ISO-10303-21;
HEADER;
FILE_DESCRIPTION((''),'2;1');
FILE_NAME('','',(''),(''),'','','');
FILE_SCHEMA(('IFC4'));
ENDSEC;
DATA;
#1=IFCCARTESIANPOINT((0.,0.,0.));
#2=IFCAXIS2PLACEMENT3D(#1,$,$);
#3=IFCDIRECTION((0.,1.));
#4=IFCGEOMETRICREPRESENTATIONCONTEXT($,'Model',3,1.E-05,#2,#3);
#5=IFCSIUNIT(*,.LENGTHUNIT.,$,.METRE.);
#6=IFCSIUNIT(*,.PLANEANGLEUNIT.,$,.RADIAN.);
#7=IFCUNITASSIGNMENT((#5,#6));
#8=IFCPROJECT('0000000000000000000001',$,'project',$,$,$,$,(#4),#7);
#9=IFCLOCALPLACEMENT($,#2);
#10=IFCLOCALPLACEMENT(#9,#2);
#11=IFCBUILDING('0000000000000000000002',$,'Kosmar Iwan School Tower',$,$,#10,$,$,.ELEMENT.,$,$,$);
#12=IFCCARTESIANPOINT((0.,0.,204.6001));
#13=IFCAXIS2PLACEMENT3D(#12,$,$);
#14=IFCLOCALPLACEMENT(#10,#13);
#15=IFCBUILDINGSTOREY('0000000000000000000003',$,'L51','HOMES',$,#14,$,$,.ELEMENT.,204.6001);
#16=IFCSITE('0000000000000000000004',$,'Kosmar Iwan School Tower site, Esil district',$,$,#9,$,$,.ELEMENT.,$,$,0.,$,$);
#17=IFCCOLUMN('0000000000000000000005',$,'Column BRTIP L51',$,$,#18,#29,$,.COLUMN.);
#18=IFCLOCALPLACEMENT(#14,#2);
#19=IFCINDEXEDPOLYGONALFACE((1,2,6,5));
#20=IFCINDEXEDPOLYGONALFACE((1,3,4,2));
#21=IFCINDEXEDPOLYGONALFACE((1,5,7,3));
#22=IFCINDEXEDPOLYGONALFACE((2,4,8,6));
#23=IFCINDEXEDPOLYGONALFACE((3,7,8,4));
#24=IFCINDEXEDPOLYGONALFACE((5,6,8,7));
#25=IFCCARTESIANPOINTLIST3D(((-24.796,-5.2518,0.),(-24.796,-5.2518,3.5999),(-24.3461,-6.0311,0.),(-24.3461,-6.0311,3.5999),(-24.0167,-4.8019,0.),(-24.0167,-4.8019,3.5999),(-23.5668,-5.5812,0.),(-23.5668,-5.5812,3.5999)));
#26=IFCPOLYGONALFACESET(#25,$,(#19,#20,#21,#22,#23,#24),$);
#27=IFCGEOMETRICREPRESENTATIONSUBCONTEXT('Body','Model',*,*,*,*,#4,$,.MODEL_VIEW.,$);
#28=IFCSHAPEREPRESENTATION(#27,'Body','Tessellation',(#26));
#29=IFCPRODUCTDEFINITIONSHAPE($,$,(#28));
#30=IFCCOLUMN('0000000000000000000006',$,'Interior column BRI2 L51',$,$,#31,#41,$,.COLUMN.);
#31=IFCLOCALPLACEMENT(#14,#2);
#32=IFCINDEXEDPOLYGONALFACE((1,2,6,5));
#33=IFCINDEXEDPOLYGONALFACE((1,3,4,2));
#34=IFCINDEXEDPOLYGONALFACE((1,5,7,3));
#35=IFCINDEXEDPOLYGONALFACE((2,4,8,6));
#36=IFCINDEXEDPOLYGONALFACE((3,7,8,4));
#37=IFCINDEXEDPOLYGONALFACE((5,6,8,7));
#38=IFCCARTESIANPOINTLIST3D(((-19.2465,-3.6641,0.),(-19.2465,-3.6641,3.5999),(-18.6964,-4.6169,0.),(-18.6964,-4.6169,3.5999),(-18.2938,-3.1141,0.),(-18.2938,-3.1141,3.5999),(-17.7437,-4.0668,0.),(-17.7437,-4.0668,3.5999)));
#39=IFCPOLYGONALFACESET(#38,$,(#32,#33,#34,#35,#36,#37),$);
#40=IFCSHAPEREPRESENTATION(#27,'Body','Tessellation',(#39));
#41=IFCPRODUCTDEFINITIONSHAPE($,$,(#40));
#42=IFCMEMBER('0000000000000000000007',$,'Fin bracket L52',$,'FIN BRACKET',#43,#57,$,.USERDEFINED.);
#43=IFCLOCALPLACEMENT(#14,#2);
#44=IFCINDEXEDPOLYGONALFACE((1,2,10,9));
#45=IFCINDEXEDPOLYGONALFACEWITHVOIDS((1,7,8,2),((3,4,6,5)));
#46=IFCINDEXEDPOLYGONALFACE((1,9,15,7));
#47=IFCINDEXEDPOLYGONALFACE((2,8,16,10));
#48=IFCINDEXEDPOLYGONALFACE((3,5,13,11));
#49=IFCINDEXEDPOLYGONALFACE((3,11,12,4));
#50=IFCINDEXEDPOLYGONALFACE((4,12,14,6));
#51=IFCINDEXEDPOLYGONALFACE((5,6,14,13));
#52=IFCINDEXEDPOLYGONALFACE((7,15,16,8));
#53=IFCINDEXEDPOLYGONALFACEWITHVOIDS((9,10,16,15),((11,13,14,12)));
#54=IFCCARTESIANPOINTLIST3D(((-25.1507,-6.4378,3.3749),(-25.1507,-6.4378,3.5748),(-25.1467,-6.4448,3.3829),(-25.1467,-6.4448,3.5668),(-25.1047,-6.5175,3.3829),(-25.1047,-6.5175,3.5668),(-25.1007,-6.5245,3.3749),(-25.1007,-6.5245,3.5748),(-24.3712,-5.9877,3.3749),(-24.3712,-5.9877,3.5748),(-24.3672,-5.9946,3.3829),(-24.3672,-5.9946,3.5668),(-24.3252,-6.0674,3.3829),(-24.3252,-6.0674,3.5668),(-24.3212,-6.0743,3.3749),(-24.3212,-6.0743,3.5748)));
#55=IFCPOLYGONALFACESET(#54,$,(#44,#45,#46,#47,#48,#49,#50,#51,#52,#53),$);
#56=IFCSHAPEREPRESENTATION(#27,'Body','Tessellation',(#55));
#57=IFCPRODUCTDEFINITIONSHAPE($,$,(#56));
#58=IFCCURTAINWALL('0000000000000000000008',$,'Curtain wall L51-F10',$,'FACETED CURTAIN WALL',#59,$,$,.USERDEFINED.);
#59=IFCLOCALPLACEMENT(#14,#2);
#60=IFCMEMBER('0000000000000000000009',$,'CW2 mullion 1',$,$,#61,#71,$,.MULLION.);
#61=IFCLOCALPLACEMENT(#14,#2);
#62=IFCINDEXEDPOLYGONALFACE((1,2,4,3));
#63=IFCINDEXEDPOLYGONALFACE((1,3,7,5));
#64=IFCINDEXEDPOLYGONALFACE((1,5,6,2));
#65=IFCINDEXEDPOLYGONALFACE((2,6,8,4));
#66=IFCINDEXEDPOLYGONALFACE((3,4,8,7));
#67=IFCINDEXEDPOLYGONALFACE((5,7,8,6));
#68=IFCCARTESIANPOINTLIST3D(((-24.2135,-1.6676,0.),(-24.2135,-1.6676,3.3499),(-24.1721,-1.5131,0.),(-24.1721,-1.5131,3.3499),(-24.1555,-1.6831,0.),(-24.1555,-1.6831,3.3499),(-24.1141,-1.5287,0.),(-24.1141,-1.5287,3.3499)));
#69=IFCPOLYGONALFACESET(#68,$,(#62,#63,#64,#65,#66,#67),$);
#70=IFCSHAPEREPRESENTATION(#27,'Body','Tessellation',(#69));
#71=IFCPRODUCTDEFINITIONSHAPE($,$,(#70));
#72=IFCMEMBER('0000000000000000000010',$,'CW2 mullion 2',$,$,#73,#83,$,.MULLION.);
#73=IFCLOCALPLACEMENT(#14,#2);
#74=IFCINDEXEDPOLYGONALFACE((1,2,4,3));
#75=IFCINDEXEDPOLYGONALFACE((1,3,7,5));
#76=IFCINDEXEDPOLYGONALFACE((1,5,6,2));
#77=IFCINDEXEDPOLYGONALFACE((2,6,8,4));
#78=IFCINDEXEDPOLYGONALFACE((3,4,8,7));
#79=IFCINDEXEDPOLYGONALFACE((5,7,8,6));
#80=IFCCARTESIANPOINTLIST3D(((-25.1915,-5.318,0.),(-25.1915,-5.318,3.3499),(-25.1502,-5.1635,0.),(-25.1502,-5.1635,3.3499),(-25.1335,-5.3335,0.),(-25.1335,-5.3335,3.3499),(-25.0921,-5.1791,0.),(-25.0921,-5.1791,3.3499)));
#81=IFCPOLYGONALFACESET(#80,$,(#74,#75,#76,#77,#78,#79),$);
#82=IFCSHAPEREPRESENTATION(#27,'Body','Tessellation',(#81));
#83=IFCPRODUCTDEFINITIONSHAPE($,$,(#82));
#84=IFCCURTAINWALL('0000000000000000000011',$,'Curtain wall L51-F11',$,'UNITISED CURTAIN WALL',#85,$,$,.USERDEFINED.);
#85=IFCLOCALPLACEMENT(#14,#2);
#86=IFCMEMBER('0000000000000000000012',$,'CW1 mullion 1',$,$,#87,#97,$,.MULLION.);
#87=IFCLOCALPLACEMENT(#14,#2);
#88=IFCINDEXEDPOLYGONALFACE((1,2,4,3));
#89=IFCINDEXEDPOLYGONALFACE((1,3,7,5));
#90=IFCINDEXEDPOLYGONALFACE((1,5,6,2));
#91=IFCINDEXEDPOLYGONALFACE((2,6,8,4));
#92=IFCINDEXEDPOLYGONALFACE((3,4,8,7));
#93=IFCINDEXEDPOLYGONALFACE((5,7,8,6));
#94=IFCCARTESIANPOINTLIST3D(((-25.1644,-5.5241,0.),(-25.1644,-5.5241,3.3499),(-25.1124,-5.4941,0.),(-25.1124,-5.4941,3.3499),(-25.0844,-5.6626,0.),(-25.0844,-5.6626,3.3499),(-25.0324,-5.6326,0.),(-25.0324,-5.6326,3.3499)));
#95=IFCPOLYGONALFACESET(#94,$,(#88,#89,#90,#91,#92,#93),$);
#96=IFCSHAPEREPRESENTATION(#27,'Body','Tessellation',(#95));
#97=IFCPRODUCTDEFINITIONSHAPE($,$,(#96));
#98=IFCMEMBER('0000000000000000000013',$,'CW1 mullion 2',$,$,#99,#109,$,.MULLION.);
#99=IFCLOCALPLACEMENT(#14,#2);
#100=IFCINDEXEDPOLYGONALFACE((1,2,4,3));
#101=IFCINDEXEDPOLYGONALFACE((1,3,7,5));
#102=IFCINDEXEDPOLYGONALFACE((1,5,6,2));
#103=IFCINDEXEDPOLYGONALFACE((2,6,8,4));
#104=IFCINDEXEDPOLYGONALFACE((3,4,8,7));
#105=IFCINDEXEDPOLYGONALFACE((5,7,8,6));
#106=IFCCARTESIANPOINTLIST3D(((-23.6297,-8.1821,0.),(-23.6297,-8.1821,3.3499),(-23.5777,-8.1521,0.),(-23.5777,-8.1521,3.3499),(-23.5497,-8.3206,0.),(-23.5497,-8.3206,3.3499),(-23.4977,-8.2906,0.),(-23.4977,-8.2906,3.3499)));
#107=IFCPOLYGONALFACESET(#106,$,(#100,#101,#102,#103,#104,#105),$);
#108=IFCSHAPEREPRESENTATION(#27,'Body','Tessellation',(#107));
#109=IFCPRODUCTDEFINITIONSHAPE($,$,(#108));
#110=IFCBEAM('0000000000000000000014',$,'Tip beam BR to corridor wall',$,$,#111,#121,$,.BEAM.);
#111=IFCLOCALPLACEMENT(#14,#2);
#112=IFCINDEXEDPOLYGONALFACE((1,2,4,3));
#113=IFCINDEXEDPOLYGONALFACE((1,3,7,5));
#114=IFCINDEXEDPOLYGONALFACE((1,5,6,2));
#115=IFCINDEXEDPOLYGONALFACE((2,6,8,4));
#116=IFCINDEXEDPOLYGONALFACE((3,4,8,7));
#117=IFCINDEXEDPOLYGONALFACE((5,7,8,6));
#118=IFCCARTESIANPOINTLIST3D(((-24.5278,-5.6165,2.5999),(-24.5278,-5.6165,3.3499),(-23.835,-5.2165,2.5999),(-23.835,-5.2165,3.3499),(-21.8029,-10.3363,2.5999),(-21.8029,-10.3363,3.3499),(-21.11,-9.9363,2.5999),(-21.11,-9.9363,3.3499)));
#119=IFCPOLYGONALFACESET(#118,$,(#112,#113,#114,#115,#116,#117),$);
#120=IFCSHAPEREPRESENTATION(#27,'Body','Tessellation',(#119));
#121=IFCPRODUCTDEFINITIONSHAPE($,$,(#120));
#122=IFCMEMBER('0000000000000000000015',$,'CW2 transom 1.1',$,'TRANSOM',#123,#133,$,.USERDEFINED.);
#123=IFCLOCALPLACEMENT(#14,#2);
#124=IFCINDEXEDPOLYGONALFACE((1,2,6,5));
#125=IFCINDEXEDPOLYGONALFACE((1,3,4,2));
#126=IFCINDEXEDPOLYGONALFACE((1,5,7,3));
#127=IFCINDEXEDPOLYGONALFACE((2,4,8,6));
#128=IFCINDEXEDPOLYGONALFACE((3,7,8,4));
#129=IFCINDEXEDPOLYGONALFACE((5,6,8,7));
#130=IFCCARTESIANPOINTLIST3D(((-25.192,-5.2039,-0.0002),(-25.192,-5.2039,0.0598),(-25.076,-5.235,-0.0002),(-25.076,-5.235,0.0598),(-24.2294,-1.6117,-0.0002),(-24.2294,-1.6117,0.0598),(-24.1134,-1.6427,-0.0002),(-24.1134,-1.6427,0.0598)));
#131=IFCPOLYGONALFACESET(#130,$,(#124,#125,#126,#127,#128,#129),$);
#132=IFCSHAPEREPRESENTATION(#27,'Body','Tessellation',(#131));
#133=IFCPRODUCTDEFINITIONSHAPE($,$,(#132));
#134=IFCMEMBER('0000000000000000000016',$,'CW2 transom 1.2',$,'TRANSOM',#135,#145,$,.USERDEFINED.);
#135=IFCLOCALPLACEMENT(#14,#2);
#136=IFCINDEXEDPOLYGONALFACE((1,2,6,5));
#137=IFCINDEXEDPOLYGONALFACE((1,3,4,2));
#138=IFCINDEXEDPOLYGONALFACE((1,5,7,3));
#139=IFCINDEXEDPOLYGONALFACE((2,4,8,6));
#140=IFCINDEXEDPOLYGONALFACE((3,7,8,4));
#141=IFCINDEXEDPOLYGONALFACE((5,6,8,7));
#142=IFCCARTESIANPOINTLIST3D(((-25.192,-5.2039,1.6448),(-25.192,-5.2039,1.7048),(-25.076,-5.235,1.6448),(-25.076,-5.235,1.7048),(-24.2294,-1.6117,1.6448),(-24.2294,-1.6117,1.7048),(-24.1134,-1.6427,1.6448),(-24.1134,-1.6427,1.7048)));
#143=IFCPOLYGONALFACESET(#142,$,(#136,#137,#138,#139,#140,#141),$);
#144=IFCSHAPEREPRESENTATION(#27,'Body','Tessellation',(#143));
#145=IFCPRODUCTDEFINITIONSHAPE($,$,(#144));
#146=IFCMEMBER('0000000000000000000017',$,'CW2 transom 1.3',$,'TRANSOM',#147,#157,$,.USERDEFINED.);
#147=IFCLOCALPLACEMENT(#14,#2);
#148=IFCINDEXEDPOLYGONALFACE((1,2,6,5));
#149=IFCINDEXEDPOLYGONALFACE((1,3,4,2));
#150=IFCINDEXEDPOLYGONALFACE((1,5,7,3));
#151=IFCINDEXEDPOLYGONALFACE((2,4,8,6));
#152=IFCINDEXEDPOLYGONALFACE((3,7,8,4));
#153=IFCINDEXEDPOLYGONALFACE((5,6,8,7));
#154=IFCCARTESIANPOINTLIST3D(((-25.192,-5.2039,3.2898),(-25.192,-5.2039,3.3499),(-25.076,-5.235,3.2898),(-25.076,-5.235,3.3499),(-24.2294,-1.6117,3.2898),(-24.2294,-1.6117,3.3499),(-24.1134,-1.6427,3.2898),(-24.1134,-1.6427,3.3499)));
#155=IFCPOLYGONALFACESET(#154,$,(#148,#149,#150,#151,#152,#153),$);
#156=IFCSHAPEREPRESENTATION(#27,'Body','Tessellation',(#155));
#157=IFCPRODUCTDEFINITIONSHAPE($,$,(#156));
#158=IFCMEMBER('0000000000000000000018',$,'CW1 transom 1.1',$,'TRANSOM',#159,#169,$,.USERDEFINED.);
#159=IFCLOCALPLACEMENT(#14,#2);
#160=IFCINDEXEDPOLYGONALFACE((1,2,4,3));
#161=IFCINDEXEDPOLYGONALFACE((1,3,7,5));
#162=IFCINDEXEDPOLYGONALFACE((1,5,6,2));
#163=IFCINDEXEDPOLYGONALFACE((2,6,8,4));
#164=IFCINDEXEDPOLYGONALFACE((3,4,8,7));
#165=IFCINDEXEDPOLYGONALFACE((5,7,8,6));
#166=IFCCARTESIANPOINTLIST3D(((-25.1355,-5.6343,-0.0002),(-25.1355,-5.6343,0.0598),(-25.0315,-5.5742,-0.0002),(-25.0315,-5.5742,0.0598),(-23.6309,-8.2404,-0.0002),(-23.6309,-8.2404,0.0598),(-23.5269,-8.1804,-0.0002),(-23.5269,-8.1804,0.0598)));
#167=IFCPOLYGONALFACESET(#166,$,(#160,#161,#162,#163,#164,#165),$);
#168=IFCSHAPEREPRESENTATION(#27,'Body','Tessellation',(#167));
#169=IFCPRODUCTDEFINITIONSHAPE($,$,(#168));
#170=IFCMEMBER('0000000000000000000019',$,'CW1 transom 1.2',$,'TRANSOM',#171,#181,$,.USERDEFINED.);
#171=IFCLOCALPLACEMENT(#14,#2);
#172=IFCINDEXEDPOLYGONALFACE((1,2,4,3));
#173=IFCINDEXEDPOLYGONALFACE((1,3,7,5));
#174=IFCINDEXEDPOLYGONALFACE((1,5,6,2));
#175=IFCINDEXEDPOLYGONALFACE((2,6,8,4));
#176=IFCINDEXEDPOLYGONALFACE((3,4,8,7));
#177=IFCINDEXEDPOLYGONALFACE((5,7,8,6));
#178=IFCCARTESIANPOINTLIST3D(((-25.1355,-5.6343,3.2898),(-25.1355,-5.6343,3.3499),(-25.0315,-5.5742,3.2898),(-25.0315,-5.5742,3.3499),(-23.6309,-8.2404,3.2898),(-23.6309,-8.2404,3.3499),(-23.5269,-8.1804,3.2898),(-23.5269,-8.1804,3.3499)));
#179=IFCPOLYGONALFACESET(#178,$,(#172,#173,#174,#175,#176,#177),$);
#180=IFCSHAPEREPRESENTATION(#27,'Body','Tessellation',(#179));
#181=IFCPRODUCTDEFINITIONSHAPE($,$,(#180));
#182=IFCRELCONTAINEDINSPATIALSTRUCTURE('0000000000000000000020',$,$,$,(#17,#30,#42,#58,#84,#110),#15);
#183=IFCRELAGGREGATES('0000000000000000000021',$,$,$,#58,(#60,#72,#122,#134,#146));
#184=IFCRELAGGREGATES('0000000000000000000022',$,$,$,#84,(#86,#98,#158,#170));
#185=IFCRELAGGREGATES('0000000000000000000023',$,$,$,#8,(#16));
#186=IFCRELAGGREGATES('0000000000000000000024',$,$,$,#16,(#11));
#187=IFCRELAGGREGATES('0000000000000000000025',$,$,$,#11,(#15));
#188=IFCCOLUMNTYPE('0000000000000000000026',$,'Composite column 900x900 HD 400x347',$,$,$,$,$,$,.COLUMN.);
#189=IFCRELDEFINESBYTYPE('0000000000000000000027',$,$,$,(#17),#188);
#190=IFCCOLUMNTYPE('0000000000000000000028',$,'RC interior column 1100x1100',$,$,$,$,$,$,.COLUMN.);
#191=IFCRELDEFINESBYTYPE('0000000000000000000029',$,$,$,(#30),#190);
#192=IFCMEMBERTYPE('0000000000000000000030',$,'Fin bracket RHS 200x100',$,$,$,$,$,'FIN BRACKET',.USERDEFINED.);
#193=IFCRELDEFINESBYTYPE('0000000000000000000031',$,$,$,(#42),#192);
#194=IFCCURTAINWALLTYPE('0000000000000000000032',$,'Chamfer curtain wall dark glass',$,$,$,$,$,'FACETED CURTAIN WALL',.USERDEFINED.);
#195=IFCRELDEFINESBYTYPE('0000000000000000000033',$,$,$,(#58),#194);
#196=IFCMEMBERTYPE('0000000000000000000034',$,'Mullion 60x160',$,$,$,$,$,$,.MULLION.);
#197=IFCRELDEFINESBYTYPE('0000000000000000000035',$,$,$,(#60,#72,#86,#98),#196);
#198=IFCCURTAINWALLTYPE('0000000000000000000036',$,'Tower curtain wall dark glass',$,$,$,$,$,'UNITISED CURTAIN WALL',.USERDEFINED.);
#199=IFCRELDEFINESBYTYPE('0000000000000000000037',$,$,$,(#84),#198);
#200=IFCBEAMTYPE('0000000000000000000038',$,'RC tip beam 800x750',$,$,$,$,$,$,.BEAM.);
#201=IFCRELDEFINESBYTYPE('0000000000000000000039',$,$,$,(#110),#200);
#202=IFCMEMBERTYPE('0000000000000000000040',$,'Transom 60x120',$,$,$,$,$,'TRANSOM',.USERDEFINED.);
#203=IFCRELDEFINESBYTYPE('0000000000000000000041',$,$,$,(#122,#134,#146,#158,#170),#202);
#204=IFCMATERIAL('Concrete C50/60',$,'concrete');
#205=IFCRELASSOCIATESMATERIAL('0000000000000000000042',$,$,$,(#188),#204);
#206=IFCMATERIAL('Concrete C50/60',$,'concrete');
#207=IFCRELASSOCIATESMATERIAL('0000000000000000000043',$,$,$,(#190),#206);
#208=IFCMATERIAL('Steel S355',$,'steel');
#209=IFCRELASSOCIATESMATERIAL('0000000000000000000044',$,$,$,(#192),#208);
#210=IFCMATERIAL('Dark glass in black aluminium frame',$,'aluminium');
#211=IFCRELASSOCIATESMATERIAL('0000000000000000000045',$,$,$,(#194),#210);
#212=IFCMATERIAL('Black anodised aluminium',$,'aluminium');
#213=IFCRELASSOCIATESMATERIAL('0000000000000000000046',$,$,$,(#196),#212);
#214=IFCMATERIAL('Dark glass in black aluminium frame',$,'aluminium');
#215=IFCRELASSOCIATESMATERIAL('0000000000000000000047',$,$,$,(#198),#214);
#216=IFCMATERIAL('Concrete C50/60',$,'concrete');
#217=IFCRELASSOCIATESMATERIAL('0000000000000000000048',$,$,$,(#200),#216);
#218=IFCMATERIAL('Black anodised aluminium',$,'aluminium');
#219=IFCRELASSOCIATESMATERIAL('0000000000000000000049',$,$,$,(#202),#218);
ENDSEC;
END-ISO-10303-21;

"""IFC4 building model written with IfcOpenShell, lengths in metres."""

from ifc_helpers import new_model, si_unit, direction, frame, origin, origin_2d, place, context, subcontext, project, spatial, rectangle, hollow_rectangle, extrude, material, material_profile, profile_set, type_object, element, aggregate, save


model = new_model("IFC4")

# Units and contexts
model_context = context("Model", 3, precision=1e-05, world=origin(), true_north=direction((0.0, 1.0)))
body_context = subcontext(model_context, "Body", "Model", "MODEL_VIEW")
ifc_project = project(units=[si_unit("LENGTHUNIT", "METRE"), si_unit("PLANEANGLEUNIT", "RADIAN")], contexts=[model_context])

# Site, building, storey
site_placement = place(None, origin())
site = spatial("IfcSite", under=ifc_project, at=site_placement, Name="Kosmar Iwan School Tower site, Esil district", CompositionType="ELEMENT", RefElevation=0.0)
building_placement = place(site_placement, origin())
building = spatial("IfcBuilding", under=site, at=building_placement, Name="Kosmar Iwan School Tower", CompositionType="ELEMENT")
storey_placement = place(building_placement, frame((0.0, 0.0, 204.6001)))
storey = spatial("IfcBuildingStorey", under=building, at=storey_placement, Name="L51", Description="HOMES", CompositionType="ELEMENT", Elevation=204.6001)

# Columns
ifc_material_1 = material(Name="Concrete C50/60", Category="concrete")
ifc_material_profile_1 = material_profile(ifc_material_1, rectangle(XDim=0.8999, YDim=0.8999, at=origin_2d()), Name="RC 900x900 + HD 400x347")
ifc_profile_set_1 = profile_set([ifc_material_profile_1], Name="Concrete C50/60")
column_type_1 = type_object("IfcColumnType", Name="Composite column 900x900 HD 400x347", PredefinedType="COLUMN", material=ifc_profile_set_1)
column_1_placement = place(storey_placement, frame((-24.1814, -5.4165, 0.0), z_axis=(0.0, 0.0, 1.0), x_axis=(-0.866025, -0.5, 0.0)))
element("IfcColumn", 1, at=column_1_placement, inside=storey, type_object=column_type_1, Name="Column BRTIP L51", PredefinedType="COLUMN", context=body_context, shape_type="SweptSolid", body=[
    extrude(rectangle(XDim=0.8999, YDim=0.8999, at=origin_2d()), origin(), (0.0, 0.0, 1.0), 3.5999),
])
ifc_material_2 = material(Name="Concrete C50/60", Category="concrete")
ifc_material_profile_2 = material_profile(ifc_material_2, rectangle(XDim=1.1001, YDim=1.1001, at=origin_2d()), Name="RC 1100x1100")
ifc_profile_set_2 = profile_set([ifc_material_profile_2], Name="Concrete C50/60")
column_type_2 = type_object("IfcColumnType", Name="RC interior column 1100x1100", PredefinedType="COLUMN", material=ifc_profile_set_2)
column_2_placement = place(storey_placement, frame((-18.4951, -3.8655, 0.0), z_axis=(0.0, 0.0, 1.0), x_axis=(-0.866025, -0.5, 0.0)))
element("IfcColumn", 2, at=column_2_placement, inside=storey, type_object=column_type_2, Name="Interior column BRI2 L51", PredefinedType="COLUMN", context=body_context, shape_type="SweptSolid", body=[
    extrude(rectangle(XDim=1.1001, YDim=1.1001, at=origin_2d()), origin(), (0.0, 0.0, 1.0), 3.5999),
])

# Member
ifc_material_3 = material(Name="Steel S355", Category="steel")
ifc_material_profile_3 = material_profile(ifc_material_3, hollow_rectangle(XDim=0.1001, YDim=0.2, WallThickness=0.0081, at=origin_2d()), Name="RHS 200x100x8")
ifc_profile_set_3 = profile_set([ifc_material_profile_3], Name="Steel S355")
member_type_1 = type_object("IfcMemberType", Name="Fin bracket RHS 200x100", ElementType="FIN BRACKET", PredefinedType="USERDEFINED", material=ifc_profile_set_3)
member_1_placement = place(storey_placement, frame((-24.3462, -6.031, 3.4749), z_axis=(-0.865964, -0.500106, 0.0), x_axis=(0.500106, -0.865964, 0.0)))
element("IfcMember", 3, at=member_1_placement, inside=storey, type_object=member_type_1, Name="Fin bracket L52", ObjectType="FIN BRACKET", PredefinedType="USERDEFINED", context=body_context, shape_type="SweptSolid", body=[
    extrude(hollow_rectangle(XDim=0.1001, YDim=0.2, WallThickness=0.0081, at=origin_2d()), origin(), (0.0, 0.0, 1.0), 0.9001),
])

# Curtain walls, members
ifc_material_4 = material(Name="Dark glass in black aluminium frame", Category="aluminium")
curtain_wall_type_1 = type_object("IfcCurtainWallType", Name="Chamfer curtain wall dark glass", ElementType="FACETED CURTAIN WALL", PredefinedType="USERDEFINED", material=ifc_material_4)
curtain_wall_1_placement = place(storey_placement, origin())
curtain_wall_1 = element("IfcCurtainWall", 4, at=curtain_wall_1_placement, inside=storey, type_object=curtain_wall_type_1, Name="Curtain wall L51-F10", ObjectType="FACETED CURTAIN WALL", PredefinedType="USERDEFINED")
ifc_material_5 = material(Name="Black anodised aluminium", Category="aluminium")
ifc_material_profile_4 = material_profile(ifc_material_5, rectangle(XDim=0.0601, YDim=0.1599, at=origin_2d()), Name="MULLION 60x160")
ifc_profile_set_4 = profile_set([ifc_material_profile_4], Name="Black anodised aluminium")
member_type_2 = type_object("IfcMemberType", Name="Mullion 60x160", PredefinedType="MULLION", material=ifc_profile_set_4)
member_2_placement = place(storey_placement, frame((-24.1638, -1.5981, 0.0), z_axis=(0.0, 0.0, 1.0), x_axis=(0.965926, -0.258819, 0.0)))
member_2 = element("IfcMember", 5, at=member_2_placement, type_object=member_type_2, Name="CW2 mullion 1", PredefinedType="MULLION", context=body_context, shape_type="SweptSolid", body=[
    extrude(rectangle(XDim=0.0601, YDim=0.1599, at=origin_2d()), origin(), (0.0, 0.0, 1.0), 3.3499),
])
member_3_placement = place(storey_placement, frame((-25.1418, -5.2485, 0.0), z_axis=(0.0, 0.0, 1.0), x_axis=(0.965926, -0.258819, 0.0)))
member_3 = element("IfcMember", 6, at=member_3_placement, type_object=member_type_2, Name="CW2 mullion 2", PredefinedType="MULLION", context=body_context, shape_type="SweptSolid", body=[
    extrude(rectangle(XDim=0.0601, YDim=0.1599, at=origin_2d()), origin(), (0.0, 0.0, 1.0), 3.3499),
])
ifc_material_6 = material(Name="Dark glass in black aluminium frame", Category="aluminium")
curtain_wall_type_2 = type_object("IfcCurtainWallType", Name="Tower curtain wall dark glass", ElementType="UNITISED CURTAIN WALL", PredefinedType="USERDEFINED", material=ifc_material_6)
curtain_wall_2_placement = place(storey_placement, origin())
curtain_wall_2 = element("IfcCurtainWall", 7, at=curtain_wall_2_placement, inside=storey, type_object=curtain_wall_type_2, Name="Curtain wall L51-F11", ObjectType="UNITISED CURTAIN WALL", PredefinedType="USERDEFINED")
member_4_placement = place(storey_placement, frame((-25.0984, -5.5784, 0.0), z_axis=(0.0, 0.0, 1.0), x_axis=(0.866025, 0.5, 0.0)))
member_4 = element("IfcMember", 8, at=member_4_placement, type_object=member_type_2, Name="CW1 mullion 1", PredefinedType="MULLION", context=body_context, shape_type="SweptSolid", body=[
    extrude(rectangle(XDim=0.0601, YDim=0.1599, at=origin_2d()), origin(), (0.0, 0.0, 1.0), 3.3499),
])
member_5_placement = place(storey_placement, frame((-23.5637, -8.2363, 0.0), z_axis=(0.0, 0.0, 1.0), x_axis=(0.866025, 0.5, 0.0)))
member_5 = element("IfcMember", 9, at=member_5_placement, type_object=member_type_2, Name="CW1 mullion 2", PredefinedType="MULLION", context=body_context, shape_type="SweptSolid", body=[
    extrude(rectangle(XDim=0.0601, YDim=0.1599, at=origin_2d()), origin(), (0.0, 0.0, 1.0), 3.3499),
])

# Beam
ifc_material_7 = material(Name="Concrete C50/60", Category="concrete")
ifc_material_profile_5 = material_profile(ifc_material_7, rectangle(XDim=0.8, YDim=0.75, at=origin_2d()), Name="RC 800x750")
ifc_profile_set_5 = profile_set([ifc_material_profile_5], Name="Concrete C50/60")
beam_type = type_object("IfcBeamType", Name="RC tip beam 800x750", PredefinedType="BEAM", material=ifc_profile_set_5)
beam_placement = place(storey_placement, frame((-24.1814, -5.4165, 2.9749), z_axis=(0.499989, -0.866032, 0.0), x_axis=(0.866032, 0.499989, 0.0)))
element("IfcBeam", 10, at=beam_placement, inside=storey, type_object=beam_type, Name="Tip beam BR to corridor wall", PredefinedType="BEAM", context=body_context, shape_type="SweptSolid", body=[
    extrude(rectangle(XDim=0.8, YDim=0.75, at=origin_2d()), origin(), (0.0, 0.0, 1.0), 5.45),
])

# Members
ifc_material_8 = material(Name="Black anodised aluminium", Category="aluminium")
ifc_material_profile_6 = material_profile(ifc_material_8, rectangle(XDim=0.1201, YDim=0.0601, at=origin_2d()), Name="TRANSOM 60x120")
ifc_profile_set_6 = profile_set([ifc_material_profile_6], Name="Black anodised aluminium")
member_type_3 = type_object("IfcMemberType", Name="Transom 60x120", ElementType="TRANSOM", PredefinedType="USERDEFINED", material=ifc_profile_set_6)
member_6_placement = place(storey_placement, frame((-24.1714, -1.6272, 0.0298), z_axis=(-0.258843, -0.965919, 0.0), x_axis=(0.965919, -0.258843, 0.0)))
member_6 = element("IfcMember", 11, at=member_6_placement, type_object=member_type_3, Name="CW2 transom 1.1", ObjectType="TRANSOM", PredefinedType="USERDEFINED", context=body_context, shape_type="SweptSolid", body=[
    extrude(rectangle(XDim=0.1201, YDim=0.0601, at=origin_2d()), origin(), (0.0, 0.0, 1.0), 3.719),
])
member_7_placement = place(storey_placement, frame((-24.1714, -1.6272, 1.6748), z_axis=(-0.258843, -0.965919, 0.0), x_axis=(0.965919, -0.258843, 0.0)))
member_7 = element("IfcMember", 12, at=member_7_placement, type_object=member_type_3, Name="CW2 transom 1.2", ObjectType="TRANSOM", PredefinedType="USERDEFINED", context=body_context, shape_type="SweptSolid", body=[
    extrude(rectangle(XDim=0.1201, YDim=0.0601, at=origin_2d()), origin(), (0.0, 0.0, 1.0), 3.719),
])
member_8_placement = place(storey_placement, frame((-24.1714, -1.6272, 3.3198), z_axis=(-0.258843, -0.965919, 0.0), x_axis=(0.965919, -0.258843, 0.0)))
member_8 = element("IfcMember", 13, at=member_8_placement, type_object=member_type_3, Name="CW2 transom 1.3", ObjectType="TRANSOM", PredefinedType="USERDEFINED", context=body_context, shape_type="SweptSolid", body=[
    extrude(rectangle(XDim=0.1201, YDim=0.0601, at=origin_2d()), origin(), (0.0, 0.0, 1.0), 3.719),
])
member_9_placement = place(storey_placement, frame((-25.0835, -5.6042, 0.0298), z_axis=(0.499987, -0.866033, 0.0), x_axis=(0.866033, 0.499987, 0.0)))
member_9 = element("IfcMember", 14, at=member_9_placement, type_object=member_type_3, Name="CW1 transom 1.1", ObjectType="TRANSOM", PredefinedType="USERDEFINED", context=body_context, shape_type="SweptSolid", body=[
    extrude(rectangle(XDim=0.1201, YDim=0.0601, at=origin_2d()), origin(), (0.0, 0.0, 1.0), 3.0093),
])
member_10_placement = place(storey_placement, frame((-25.0835, -5.6042, 3.3198), z_axis=(0.499987, -0.866033, 0.0), x_axis=(0.866033, 0.499987, 0.0)))
member_10 = element("IfcMember", 15, at=member_10_placement, type_object=member_type_3, Name="CW1 transom 1.2", ObjectType="TRANSOM", PredefinedType="USERDEFINED", context=body_context, shape_type="SweptSolid", body=[
    extrude(rectangle(XDim=0.1201, YDim=0.0601, at=origin_2d()), origin(), (0.0, 0.0, 1.0), 3.0093),
])

aggregate(curtain_wall_1, [member_2, member_3, member_6, member_7, member_8])
aggregate(curtain_wall_2, [member_4, member_5, member_9, member_10])

save(model, "model.ifc")
